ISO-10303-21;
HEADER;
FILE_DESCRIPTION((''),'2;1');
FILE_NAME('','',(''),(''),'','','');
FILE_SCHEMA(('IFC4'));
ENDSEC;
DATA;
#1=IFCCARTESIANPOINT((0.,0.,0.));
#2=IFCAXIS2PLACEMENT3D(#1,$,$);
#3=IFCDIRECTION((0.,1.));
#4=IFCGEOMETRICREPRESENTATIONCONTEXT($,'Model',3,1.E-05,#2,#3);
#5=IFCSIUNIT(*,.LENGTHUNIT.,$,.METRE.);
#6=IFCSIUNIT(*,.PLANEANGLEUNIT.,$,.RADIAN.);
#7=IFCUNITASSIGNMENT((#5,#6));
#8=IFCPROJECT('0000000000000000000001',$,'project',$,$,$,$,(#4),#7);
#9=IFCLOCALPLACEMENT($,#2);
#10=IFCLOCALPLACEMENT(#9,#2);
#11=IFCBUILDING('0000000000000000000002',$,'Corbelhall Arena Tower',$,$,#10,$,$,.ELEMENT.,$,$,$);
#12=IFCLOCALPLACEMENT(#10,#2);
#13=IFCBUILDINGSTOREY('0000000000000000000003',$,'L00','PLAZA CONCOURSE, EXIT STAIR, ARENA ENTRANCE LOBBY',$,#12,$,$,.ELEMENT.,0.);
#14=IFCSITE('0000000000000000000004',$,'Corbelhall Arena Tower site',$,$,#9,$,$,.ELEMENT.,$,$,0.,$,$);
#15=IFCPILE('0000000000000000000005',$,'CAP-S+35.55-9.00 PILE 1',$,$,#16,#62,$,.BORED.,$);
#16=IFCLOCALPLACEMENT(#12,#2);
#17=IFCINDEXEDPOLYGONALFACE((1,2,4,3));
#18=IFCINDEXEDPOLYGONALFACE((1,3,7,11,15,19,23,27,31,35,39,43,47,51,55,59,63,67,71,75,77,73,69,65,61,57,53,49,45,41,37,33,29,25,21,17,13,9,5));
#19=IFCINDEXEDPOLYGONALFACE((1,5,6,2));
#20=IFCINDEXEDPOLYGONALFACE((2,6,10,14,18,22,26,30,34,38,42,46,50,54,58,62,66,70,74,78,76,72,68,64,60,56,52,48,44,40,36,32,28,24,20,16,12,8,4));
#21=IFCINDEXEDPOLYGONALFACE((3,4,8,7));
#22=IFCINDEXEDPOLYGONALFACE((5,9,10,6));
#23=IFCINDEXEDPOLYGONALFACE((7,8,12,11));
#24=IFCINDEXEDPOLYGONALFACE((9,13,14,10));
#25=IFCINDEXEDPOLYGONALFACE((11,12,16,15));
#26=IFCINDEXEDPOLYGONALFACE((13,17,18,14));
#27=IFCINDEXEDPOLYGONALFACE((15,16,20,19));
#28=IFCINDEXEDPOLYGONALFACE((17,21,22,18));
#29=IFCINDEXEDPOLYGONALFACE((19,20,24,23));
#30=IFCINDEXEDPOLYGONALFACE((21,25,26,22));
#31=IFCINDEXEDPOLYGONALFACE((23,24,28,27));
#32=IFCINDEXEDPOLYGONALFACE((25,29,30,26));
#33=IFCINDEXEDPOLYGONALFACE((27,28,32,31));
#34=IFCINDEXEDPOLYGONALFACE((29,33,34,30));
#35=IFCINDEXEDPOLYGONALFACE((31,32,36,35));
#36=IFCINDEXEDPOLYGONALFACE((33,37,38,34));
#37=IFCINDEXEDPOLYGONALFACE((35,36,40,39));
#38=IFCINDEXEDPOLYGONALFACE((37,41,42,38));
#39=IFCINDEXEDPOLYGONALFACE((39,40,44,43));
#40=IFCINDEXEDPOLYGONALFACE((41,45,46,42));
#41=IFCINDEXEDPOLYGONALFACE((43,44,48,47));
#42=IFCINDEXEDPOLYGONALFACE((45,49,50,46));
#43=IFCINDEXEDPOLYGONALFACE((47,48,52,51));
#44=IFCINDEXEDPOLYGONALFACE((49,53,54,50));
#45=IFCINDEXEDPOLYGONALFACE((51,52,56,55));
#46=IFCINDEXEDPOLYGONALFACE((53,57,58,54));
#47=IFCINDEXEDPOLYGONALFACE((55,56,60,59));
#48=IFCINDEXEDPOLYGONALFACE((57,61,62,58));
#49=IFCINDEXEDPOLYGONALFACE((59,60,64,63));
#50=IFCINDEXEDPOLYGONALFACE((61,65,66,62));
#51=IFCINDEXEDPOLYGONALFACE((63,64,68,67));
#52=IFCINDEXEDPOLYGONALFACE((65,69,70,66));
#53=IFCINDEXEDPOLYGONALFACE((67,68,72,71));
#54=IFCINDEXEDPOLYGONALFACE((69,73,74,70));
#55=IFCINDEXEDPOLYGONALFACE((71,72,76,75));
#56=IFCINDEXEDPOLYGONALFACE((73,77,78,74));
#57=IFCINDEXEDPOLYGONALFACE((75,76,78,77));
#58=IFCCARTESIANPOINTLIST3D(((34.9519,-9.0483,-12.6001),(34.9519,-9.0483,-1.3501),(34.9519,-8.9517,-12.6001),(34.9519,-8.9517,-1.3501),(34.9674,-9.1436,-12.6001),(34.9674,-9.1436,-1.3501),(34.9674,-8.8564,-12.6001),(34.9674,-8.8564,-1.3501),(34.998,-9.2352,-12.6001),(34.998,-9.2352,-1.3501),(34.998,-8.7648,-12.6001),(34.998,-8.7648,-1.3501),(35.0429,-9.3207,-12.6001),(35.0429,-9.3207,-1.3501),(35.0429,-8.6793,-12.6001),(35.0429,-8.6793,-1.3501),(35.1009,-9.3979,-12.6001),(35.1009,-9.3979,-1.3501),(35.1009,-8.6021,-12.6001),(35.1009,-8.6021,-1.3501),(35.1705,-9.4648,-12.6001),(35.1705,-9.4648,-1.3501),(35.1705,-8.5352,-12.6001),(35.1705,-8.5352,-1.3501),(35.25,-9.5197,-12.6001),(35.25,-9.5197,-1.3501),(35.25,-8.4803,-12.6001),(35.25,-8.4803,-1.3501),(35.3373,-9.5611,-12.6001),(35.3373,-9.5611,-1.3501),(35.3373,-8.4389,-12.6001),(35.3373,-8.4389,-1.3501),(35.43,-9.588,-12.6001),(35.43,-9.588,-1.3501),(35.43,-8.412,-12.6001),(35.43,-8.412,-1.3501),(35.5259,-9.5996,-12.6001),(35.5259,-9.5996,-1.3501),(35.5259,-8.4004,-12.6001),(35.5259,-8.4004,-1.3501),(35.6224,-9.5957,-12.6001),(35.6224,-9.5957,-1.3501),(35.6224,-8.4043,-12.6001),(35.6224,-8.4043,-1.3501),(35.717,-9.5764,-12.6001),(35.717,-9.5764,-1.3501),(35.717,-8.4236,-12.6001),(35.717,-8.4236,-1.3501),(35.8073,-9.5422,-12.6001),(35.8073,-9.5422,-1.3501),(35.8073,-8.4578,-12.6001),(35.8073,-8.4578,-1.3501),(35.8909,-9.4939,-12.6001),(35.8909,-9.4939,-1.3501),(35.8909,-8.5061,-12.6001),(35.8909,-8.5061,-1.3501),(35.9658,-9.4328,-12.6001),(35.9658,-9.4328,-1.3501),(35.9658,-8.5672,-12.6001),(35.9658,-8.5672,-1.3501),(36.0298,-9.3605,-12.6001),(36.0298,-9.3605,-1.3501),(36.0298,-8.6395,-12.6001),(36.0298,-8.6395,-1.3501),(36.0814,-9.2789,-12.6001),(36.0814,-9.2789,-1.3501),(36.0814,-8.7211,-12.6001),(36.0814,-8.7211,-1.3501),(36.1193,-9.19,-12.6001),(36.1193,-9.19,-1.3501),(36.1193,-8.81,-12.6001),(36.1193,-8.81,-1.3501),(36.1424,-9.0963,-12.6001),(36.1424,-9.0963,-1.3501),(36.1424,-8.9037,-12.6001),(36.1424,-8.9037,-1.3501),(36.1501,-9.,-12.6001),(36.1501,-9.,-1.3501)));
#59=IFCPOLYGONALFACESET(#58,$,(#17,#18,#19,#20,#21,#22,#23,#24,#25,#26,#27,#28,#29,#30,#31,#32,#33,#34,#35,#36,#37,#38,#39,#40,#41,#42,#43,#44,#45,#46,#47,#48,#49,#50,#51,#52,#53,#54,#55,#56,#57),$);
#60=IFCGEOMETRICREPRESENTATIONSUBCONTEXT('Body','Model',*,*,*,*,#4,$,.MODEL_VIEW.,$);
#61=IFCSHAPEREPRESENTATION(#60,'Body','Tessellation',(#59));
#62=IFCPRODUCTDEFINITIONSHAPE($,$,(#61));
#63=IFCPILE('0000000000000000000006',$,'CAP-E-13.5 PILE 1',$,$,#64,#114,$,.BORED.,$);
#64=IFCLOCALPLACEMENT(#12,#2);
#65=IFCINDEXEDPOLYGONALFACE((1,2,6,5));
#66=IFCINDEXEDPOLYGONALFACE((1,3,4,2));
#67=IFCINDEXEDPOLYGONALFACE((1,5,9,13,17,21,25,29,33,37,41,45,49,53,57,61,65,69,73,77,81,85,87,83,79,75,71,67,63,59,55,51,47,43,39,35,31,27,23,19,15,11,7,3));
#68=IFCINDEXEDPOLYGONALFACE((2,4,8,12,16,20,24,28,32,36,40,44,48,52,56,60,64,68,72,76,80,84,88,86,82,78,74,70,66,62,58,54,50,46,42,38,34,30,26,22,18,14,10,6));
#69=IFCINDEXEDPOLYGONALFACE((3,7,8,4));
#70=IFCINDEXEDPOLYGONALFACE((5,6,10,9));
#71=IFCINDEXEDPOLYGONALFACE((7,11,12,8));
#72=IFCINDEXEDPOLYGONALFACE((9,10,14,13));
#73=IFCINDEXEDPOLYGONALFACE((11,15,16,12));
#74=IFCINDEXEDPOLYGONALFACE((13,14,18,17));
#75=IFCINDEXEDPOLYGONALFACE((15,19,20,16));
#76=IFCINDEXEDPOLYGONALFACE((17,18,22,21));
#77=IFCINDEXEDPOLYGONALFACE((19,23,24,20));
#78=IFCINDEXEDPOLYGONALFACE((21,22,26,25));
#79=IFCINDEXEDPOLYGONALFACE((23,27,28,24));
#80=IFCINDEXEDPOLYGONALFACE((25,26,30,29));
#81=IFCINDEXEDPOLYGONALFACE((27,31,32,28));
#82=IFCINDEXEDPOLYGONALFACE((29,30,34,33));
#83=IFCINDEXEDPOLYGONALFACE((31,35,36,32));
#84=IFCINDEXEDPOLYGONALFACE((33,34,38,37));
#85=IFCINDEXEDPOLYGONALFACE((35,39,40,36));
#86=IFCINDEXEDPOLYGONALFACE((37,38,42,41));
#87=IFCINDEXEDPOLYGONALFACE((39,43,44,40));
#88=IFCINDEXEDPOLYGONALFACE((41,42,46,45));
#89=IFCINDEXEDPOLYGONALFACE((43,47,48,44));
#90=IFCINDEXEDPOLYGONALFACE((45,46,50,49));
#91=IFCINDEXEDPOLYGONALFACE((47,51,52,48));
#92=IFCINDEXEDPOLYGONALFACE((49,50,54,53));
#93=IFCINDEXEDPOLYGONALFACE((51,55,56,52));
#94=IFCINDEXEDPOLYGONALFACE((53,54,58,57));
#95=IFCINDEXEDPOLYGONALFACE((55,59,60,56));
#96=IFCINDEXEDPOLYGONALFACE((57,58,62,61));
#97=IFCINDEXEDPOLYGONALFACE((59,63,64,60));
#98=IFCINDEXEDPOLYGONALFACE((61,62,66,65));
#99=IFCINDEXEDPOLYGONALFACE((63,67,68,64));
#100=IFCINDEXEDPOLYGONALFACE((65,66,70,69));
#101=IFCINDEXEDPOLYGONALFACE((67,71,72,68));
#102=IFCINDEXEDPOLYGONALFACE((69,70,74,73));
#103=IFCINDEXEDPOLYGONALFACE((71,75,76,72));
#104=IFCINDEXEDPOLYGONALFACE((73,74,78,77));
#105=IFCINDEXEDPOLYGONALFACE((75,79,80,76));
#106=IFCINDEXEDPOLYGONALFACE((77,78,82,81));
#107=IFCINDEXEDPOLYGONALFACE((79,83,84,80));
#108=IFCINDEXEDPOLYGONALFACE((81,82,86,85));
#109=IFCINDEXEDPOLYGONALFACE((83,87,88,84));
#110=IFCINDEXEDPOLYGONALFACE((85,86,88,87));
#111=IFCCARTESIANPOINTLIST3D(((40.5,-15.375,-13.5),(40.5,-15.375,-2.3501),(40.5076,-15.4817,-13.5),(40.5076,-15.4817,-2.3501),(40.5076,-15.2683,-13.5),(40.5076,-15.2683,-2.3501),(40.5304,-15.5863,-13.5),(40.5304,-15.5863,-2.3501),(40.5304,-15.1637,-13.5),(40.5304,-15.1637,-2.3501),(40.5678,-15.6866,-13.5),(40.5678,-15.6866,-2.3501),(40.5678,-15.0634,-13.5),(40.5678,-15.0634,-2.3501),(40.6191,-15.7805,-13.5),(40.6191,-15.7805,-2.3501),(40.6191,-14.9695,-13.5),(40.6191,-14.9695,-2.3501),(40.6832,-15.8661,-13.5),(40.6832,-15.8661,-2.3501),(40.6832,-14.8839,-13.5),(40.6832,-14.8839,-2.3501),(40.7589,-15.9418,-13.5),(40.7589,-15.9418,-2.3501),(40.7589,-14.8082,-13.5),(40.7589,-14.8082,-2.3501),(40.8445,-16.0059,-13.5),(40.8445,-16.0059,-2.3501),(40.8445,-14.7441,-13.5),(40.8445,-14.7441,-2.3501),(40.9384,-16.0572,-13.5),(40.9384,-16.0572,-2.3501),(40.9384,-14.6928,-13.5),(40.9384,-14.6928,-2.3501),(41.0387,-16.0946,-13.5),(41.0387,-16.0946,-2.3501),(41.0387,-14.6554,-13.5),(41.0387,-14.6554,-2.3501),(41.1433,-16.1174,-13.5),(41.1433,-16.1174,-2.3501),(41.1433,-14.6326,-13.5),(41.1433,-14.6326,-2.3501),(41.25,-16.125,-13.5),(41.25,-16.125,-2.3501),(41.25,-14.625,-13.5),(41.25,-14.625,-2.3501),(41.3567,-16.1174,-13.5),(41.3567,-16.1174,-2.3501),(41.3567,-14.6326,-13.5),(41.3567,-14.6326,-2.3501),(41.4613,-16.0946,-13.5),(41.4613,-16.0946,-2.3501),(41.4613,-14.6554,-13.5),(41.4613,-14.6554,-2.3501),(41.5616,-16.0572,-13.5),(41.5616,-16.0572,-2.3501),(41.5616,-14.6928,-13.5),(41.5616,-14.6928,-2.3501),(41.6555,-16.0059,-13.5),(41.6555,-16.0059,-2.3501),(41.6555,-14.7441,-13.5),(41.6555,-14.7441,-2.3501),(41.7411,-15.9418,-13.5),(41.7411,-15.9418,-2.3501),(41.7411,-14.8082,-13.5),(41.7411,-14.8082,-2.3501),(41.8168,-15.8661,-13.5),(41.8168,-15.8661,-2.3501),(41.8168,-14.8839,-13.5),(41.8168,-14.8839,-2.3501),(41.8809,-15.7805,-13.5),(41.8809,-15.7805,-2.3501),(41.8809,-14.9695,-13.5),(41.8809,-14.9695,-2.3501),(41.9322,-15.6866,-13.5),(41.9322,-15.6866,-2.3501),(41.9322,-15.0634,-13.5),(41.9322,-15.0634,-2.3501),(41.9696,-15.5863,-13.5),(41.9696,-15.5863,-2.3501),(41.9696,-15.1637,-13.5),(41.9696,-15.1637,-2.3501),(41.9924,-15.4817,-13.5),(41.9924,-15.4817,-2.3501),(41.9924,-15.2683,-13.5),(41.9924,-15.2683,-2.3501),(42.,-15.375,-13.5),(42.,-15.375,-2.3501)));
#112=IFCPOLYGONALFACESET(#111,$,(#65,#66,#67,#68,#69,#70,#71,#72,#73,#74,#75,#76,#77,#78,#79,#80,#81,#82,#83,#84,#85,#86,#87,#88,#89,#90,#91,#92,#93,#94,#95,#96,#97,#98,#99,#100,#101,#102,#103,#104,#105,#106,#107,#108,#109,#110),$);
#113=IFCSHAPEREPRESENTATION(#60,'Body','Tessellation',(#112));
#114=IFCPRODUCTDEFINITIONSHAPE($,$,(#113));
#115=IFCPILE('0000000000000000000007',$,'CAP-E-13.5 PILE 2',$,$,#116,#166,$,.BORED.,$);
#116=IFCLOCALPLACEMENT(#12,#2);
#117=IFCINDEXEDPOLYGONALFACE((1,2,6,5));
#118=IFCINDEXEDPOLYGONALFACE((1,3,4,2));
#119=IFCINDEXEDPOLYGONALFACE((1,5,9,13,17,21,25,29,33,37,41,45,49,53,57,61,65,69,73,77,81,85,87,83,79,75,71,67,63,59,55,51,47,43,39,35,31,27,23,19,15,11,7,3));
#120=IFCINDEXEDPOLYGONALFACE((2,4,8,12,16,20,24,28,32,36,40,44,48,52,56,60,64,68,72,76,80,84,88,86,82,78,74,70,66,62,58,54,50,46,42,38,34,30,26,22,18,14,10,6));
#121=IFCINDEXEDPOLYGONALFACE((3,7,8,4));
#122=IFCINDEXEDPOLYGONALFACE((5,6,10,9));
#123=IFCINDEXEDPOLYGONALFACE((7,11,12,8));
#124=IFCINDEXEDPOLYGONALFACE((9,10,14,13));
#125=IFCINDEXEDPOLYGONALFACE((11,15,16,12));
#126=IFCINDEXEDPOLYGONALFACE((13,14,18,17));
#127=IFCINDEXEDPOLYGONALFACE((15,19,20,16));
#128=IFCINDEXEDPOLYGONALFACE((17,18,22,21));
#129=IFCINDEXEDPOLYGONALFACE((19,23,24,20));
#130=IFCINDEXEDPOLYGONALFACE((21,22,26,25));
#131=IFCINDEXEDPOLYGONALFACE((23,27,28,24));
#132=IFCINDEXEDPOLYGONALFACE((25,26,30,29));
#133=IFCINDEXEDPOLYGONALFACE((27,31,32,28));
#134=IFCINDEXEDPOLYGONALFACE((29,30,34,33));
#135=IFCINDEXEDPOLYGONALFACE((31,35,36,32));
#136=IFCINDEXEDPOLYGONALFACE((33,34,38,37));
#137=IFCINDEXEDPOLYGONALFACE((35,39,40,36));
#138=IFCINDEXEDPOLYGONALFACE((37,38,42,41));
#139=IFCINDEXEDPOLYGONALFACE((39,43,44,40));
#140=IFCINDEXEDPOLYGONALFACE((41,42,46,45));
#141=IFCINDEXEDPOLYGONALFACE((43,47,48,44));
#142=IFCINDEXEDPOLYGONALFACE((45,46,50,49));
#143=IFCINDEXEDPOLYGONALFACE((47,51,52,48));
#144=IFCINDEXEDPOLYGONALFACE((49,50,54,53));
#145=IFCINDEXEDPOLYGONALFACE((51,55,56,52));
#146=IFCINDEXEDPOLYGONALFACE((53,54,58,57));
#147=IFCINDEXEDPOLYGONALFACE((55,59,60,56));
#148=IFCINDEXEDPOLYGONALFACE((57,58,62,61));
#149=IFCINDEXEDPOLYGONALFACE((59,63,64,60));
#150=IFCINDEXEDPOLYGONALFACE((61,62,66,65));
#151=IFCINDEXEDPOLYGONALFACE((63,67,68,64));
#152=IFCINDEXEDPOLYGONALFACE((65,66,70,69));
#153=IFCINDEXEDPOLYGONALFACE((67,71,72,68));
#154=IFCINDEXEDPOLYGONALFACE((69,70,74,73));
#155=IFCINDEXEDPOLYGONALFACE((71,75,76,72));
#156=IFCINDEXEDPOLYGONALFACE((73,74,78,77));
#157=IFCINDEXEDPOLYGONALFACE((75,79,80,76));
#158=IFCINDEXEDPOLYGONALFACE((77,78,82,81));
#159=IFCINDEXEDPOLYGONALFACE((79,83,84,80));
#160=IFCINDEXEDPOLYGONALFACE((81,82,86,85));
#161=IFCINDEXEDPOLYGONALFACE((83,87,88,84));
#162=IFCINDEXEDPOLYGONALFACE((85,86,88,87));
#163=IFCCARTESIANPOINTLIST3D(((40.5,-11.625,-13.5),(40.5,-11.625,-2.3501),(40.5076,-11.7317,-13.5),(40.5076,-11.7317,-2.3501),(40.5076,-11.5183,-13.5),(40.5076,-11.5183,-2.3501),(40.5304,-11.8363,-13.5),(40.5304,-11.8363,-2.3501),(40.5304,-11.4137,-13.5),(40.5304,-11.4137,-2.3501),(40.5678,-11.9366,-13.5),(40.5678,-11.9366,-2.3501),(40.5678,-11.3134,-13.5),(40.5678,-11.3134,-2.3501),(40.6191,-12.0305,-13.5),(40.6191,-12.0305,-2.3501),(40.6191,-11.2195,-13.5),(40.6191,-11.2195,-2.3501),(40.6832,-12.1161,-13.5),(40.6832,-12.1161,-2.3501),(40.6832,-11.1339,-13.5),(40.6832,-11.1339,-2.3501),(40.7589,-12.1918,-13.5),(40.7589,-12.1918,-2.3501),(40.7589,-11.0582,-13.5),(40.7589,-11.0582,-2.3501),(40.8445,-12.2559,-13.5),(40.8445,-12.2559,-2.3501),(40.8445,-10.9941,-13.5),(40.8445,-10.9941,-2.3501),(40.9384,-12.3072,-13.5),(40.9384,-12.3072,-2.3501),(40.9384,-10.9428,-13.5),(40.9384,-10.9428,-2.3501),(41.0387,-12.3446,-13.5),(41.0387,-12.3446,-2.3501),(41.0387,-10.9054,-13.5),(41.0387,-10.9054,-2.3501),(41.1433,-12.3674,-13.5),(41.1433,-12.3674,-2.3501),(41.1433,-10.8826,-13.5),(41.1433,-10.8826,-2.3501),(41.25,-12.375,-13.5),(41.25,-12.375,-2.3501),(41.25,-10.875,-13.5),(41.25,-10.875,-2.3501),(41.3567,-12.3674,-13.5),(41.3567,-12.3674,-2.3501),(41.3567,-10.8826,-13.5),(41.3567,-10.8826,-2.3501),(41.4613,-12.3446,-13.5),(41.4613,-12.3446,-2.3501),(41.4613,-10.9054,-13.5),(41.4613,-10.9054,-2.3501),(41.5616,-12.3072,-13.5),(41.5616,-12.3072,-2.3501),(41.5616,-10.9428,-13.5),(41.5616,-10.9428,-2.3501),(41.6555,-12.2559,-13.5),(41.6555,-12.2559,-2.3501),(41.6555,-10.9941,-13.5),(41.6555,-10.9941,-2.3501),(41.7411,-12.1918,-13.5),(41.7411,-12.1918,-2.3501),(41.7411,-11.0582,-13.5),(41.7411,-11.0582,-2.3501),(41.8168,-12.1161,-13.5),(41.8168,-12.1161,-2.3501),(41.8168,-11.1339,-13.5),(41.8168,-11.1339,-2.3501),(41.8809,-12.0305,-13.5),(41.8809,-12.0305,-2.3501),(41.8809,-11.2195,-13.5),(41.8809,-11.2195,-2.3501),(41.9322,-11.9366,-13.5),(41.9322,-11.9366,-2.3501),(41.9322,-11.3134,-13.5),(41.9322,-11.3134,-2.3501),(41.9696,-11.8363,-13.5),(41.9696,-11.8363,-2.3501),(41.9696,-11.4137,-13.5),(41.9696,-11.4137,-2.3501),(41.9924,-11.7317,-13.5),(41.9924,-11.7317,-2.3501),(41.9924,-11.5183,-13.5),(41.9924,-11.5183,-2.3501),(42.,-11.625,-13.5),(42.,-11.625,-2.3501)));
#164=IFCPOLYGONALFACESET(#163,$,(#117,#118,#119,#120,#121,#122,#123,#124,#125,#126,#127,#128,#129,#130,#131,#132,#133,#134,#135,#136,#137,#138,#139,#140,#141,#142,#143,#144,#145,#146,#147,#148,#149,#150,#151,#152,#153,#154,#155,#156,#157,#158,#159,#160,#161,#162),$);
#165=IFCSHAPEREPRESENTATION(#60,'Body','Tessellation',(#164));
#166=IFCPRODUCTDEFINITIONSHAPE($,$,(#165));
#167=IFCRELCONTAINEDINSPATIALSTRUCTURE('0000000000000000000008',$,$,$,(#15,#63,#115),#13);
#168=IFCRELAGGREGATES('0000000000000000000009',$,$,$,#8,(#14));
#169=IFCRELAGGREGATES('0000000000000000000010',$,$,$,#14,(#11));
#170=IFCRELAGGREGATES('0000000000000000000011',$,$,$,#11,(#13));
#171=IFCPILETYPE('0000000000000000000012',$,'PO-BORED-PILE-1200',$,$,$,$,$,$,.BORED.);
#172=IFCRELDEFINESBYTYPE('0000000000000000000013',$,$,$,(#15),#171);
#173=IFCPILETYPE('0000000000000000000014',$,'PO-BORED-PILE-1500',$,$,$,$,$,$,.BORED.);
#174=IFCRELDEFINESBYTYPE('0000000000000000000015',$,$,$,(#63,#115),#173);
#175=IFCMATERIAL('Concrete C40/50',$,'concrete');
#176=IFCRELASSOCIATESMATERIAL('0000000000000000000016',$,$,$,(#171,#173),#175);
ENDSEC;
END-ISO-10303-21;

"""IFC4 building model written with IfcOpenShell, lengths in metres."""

from ifc_helpers import new_model, si_unit, direction, frame, origin, origin_2d, place, context, subcontext, project, spatial, circle, extrude, material, material_profile, profile_set, type_object, element, save


model = new_model("IFC4")

# Units and contexts
model_context = context("Model", 3, precision=1e-05, world=origin(), true_north=direction((0.0, 1.0)))
body_context = subcontext(model_context, "Body", "Model", "MODEL_VIEW")
ifc_project = project(units=[si_unit("LENGTHUNIT", "METRE"), si_unit("PLANEANGLEUNIT", "RADIAN")], contexts=[model_context])

# Site, building, storey
site_placement = place(None, origin())
site = spatial("IfcSite", under=ifc_project, at=site_placement, Name="Corbelhall Arena Tower site", CompositionType="ELEMENT", RefElevation=0.0)
building_placement = place(site_placement, origin())
building = spatial("IfcBuilding", under=site, at=building_placement, Name="Corbelhall Arena Tower", CompositionType="ELEMENT")
storey_placement = place(building_placement, origin())
storey = spatial("IfcBuildingStorey", under=building, at=storey_placement, Name="L00", Description="PLAZA CONCOURSE, EXIT STAIR, ARENA ENTRANCE LOBBY", CompositionType="ELEMENT", Elevation=0.0)

# Piles
ifc_material_1 = material(Name="Concrete C40/50", Category="concrete")
ifc_material_profile_1 = material_profile(ifc_material_1, circle(Radius=0.6001, at=origin_2d()))
ifc_profile_set_1 = profile_set([ifc_material_profile_1], Name="Concrete C40/50")
pile_type_1 = type_object("IfcPileType", Name="PO-BORED-PILE-1200", PredefinedType="BORED", material=ifc_profile_set_1)
pile_placement = place(storey_placement, frame((35.55, -9.0, -1.3501), z_axis=(0.0, 0.0, -1.0), x_axis=(1.0, 0.0, 0.0)))
element("IfcPile", 1, at=pile_placement, inside=storey, type_object=pile_type_1, Name="CAP-S+35.55-9.00 PILE 1", PredefinedType="BORED", context=body_context, shape_type="SweptSolid", body=[
    extrude(circle(Radius=0.6001, at=origin_2d()), origin(), (0.0, 0.0, 1.0), 11.25),
])
ifc_material_profile_2 = material_profile(ifc_material_1, circle(Radius=0.75, at=origin_2d()))
ifc_profile_set_2 = profile_set([ifc_material_profile_2], Name="Concrete C40/50")
pile_type_2 = type_object("IfcPileType", Name="PO-BORED-PILE-1500", PredefinedType="BORED", material=ifc_profile_set_2)
for number, where, z_axis, x_axis, name in (
    (2, (41.25, -15.375, -2.3501), (0.0, 0.0, -1.0), (1.0, 0.0, 0.0), "CAP-E-13.5 PILE 1"),
    (3, (41.25, -11.625, -2.3501), (0.0, 0.0, -1.0), (1.0, 0.0, 0.0), "CAP-E-13.5 PILE 2"),
):
    element("IfcPile", number, at=place(storey_placement, frame(where, z_axis=z_axis, x_axis=x_axis)), inside=storey, type_object=pile_type_2, Name=name, PredefinedType="BORED", context=body_context, shape_type="SweptSolid", body=[
        extrude(circle(Radius=0.75, at=origin_2d()), origin(), (0.0, 0.0, 1.0), 11.1499),
    ])

save(model, "model.ifc")
